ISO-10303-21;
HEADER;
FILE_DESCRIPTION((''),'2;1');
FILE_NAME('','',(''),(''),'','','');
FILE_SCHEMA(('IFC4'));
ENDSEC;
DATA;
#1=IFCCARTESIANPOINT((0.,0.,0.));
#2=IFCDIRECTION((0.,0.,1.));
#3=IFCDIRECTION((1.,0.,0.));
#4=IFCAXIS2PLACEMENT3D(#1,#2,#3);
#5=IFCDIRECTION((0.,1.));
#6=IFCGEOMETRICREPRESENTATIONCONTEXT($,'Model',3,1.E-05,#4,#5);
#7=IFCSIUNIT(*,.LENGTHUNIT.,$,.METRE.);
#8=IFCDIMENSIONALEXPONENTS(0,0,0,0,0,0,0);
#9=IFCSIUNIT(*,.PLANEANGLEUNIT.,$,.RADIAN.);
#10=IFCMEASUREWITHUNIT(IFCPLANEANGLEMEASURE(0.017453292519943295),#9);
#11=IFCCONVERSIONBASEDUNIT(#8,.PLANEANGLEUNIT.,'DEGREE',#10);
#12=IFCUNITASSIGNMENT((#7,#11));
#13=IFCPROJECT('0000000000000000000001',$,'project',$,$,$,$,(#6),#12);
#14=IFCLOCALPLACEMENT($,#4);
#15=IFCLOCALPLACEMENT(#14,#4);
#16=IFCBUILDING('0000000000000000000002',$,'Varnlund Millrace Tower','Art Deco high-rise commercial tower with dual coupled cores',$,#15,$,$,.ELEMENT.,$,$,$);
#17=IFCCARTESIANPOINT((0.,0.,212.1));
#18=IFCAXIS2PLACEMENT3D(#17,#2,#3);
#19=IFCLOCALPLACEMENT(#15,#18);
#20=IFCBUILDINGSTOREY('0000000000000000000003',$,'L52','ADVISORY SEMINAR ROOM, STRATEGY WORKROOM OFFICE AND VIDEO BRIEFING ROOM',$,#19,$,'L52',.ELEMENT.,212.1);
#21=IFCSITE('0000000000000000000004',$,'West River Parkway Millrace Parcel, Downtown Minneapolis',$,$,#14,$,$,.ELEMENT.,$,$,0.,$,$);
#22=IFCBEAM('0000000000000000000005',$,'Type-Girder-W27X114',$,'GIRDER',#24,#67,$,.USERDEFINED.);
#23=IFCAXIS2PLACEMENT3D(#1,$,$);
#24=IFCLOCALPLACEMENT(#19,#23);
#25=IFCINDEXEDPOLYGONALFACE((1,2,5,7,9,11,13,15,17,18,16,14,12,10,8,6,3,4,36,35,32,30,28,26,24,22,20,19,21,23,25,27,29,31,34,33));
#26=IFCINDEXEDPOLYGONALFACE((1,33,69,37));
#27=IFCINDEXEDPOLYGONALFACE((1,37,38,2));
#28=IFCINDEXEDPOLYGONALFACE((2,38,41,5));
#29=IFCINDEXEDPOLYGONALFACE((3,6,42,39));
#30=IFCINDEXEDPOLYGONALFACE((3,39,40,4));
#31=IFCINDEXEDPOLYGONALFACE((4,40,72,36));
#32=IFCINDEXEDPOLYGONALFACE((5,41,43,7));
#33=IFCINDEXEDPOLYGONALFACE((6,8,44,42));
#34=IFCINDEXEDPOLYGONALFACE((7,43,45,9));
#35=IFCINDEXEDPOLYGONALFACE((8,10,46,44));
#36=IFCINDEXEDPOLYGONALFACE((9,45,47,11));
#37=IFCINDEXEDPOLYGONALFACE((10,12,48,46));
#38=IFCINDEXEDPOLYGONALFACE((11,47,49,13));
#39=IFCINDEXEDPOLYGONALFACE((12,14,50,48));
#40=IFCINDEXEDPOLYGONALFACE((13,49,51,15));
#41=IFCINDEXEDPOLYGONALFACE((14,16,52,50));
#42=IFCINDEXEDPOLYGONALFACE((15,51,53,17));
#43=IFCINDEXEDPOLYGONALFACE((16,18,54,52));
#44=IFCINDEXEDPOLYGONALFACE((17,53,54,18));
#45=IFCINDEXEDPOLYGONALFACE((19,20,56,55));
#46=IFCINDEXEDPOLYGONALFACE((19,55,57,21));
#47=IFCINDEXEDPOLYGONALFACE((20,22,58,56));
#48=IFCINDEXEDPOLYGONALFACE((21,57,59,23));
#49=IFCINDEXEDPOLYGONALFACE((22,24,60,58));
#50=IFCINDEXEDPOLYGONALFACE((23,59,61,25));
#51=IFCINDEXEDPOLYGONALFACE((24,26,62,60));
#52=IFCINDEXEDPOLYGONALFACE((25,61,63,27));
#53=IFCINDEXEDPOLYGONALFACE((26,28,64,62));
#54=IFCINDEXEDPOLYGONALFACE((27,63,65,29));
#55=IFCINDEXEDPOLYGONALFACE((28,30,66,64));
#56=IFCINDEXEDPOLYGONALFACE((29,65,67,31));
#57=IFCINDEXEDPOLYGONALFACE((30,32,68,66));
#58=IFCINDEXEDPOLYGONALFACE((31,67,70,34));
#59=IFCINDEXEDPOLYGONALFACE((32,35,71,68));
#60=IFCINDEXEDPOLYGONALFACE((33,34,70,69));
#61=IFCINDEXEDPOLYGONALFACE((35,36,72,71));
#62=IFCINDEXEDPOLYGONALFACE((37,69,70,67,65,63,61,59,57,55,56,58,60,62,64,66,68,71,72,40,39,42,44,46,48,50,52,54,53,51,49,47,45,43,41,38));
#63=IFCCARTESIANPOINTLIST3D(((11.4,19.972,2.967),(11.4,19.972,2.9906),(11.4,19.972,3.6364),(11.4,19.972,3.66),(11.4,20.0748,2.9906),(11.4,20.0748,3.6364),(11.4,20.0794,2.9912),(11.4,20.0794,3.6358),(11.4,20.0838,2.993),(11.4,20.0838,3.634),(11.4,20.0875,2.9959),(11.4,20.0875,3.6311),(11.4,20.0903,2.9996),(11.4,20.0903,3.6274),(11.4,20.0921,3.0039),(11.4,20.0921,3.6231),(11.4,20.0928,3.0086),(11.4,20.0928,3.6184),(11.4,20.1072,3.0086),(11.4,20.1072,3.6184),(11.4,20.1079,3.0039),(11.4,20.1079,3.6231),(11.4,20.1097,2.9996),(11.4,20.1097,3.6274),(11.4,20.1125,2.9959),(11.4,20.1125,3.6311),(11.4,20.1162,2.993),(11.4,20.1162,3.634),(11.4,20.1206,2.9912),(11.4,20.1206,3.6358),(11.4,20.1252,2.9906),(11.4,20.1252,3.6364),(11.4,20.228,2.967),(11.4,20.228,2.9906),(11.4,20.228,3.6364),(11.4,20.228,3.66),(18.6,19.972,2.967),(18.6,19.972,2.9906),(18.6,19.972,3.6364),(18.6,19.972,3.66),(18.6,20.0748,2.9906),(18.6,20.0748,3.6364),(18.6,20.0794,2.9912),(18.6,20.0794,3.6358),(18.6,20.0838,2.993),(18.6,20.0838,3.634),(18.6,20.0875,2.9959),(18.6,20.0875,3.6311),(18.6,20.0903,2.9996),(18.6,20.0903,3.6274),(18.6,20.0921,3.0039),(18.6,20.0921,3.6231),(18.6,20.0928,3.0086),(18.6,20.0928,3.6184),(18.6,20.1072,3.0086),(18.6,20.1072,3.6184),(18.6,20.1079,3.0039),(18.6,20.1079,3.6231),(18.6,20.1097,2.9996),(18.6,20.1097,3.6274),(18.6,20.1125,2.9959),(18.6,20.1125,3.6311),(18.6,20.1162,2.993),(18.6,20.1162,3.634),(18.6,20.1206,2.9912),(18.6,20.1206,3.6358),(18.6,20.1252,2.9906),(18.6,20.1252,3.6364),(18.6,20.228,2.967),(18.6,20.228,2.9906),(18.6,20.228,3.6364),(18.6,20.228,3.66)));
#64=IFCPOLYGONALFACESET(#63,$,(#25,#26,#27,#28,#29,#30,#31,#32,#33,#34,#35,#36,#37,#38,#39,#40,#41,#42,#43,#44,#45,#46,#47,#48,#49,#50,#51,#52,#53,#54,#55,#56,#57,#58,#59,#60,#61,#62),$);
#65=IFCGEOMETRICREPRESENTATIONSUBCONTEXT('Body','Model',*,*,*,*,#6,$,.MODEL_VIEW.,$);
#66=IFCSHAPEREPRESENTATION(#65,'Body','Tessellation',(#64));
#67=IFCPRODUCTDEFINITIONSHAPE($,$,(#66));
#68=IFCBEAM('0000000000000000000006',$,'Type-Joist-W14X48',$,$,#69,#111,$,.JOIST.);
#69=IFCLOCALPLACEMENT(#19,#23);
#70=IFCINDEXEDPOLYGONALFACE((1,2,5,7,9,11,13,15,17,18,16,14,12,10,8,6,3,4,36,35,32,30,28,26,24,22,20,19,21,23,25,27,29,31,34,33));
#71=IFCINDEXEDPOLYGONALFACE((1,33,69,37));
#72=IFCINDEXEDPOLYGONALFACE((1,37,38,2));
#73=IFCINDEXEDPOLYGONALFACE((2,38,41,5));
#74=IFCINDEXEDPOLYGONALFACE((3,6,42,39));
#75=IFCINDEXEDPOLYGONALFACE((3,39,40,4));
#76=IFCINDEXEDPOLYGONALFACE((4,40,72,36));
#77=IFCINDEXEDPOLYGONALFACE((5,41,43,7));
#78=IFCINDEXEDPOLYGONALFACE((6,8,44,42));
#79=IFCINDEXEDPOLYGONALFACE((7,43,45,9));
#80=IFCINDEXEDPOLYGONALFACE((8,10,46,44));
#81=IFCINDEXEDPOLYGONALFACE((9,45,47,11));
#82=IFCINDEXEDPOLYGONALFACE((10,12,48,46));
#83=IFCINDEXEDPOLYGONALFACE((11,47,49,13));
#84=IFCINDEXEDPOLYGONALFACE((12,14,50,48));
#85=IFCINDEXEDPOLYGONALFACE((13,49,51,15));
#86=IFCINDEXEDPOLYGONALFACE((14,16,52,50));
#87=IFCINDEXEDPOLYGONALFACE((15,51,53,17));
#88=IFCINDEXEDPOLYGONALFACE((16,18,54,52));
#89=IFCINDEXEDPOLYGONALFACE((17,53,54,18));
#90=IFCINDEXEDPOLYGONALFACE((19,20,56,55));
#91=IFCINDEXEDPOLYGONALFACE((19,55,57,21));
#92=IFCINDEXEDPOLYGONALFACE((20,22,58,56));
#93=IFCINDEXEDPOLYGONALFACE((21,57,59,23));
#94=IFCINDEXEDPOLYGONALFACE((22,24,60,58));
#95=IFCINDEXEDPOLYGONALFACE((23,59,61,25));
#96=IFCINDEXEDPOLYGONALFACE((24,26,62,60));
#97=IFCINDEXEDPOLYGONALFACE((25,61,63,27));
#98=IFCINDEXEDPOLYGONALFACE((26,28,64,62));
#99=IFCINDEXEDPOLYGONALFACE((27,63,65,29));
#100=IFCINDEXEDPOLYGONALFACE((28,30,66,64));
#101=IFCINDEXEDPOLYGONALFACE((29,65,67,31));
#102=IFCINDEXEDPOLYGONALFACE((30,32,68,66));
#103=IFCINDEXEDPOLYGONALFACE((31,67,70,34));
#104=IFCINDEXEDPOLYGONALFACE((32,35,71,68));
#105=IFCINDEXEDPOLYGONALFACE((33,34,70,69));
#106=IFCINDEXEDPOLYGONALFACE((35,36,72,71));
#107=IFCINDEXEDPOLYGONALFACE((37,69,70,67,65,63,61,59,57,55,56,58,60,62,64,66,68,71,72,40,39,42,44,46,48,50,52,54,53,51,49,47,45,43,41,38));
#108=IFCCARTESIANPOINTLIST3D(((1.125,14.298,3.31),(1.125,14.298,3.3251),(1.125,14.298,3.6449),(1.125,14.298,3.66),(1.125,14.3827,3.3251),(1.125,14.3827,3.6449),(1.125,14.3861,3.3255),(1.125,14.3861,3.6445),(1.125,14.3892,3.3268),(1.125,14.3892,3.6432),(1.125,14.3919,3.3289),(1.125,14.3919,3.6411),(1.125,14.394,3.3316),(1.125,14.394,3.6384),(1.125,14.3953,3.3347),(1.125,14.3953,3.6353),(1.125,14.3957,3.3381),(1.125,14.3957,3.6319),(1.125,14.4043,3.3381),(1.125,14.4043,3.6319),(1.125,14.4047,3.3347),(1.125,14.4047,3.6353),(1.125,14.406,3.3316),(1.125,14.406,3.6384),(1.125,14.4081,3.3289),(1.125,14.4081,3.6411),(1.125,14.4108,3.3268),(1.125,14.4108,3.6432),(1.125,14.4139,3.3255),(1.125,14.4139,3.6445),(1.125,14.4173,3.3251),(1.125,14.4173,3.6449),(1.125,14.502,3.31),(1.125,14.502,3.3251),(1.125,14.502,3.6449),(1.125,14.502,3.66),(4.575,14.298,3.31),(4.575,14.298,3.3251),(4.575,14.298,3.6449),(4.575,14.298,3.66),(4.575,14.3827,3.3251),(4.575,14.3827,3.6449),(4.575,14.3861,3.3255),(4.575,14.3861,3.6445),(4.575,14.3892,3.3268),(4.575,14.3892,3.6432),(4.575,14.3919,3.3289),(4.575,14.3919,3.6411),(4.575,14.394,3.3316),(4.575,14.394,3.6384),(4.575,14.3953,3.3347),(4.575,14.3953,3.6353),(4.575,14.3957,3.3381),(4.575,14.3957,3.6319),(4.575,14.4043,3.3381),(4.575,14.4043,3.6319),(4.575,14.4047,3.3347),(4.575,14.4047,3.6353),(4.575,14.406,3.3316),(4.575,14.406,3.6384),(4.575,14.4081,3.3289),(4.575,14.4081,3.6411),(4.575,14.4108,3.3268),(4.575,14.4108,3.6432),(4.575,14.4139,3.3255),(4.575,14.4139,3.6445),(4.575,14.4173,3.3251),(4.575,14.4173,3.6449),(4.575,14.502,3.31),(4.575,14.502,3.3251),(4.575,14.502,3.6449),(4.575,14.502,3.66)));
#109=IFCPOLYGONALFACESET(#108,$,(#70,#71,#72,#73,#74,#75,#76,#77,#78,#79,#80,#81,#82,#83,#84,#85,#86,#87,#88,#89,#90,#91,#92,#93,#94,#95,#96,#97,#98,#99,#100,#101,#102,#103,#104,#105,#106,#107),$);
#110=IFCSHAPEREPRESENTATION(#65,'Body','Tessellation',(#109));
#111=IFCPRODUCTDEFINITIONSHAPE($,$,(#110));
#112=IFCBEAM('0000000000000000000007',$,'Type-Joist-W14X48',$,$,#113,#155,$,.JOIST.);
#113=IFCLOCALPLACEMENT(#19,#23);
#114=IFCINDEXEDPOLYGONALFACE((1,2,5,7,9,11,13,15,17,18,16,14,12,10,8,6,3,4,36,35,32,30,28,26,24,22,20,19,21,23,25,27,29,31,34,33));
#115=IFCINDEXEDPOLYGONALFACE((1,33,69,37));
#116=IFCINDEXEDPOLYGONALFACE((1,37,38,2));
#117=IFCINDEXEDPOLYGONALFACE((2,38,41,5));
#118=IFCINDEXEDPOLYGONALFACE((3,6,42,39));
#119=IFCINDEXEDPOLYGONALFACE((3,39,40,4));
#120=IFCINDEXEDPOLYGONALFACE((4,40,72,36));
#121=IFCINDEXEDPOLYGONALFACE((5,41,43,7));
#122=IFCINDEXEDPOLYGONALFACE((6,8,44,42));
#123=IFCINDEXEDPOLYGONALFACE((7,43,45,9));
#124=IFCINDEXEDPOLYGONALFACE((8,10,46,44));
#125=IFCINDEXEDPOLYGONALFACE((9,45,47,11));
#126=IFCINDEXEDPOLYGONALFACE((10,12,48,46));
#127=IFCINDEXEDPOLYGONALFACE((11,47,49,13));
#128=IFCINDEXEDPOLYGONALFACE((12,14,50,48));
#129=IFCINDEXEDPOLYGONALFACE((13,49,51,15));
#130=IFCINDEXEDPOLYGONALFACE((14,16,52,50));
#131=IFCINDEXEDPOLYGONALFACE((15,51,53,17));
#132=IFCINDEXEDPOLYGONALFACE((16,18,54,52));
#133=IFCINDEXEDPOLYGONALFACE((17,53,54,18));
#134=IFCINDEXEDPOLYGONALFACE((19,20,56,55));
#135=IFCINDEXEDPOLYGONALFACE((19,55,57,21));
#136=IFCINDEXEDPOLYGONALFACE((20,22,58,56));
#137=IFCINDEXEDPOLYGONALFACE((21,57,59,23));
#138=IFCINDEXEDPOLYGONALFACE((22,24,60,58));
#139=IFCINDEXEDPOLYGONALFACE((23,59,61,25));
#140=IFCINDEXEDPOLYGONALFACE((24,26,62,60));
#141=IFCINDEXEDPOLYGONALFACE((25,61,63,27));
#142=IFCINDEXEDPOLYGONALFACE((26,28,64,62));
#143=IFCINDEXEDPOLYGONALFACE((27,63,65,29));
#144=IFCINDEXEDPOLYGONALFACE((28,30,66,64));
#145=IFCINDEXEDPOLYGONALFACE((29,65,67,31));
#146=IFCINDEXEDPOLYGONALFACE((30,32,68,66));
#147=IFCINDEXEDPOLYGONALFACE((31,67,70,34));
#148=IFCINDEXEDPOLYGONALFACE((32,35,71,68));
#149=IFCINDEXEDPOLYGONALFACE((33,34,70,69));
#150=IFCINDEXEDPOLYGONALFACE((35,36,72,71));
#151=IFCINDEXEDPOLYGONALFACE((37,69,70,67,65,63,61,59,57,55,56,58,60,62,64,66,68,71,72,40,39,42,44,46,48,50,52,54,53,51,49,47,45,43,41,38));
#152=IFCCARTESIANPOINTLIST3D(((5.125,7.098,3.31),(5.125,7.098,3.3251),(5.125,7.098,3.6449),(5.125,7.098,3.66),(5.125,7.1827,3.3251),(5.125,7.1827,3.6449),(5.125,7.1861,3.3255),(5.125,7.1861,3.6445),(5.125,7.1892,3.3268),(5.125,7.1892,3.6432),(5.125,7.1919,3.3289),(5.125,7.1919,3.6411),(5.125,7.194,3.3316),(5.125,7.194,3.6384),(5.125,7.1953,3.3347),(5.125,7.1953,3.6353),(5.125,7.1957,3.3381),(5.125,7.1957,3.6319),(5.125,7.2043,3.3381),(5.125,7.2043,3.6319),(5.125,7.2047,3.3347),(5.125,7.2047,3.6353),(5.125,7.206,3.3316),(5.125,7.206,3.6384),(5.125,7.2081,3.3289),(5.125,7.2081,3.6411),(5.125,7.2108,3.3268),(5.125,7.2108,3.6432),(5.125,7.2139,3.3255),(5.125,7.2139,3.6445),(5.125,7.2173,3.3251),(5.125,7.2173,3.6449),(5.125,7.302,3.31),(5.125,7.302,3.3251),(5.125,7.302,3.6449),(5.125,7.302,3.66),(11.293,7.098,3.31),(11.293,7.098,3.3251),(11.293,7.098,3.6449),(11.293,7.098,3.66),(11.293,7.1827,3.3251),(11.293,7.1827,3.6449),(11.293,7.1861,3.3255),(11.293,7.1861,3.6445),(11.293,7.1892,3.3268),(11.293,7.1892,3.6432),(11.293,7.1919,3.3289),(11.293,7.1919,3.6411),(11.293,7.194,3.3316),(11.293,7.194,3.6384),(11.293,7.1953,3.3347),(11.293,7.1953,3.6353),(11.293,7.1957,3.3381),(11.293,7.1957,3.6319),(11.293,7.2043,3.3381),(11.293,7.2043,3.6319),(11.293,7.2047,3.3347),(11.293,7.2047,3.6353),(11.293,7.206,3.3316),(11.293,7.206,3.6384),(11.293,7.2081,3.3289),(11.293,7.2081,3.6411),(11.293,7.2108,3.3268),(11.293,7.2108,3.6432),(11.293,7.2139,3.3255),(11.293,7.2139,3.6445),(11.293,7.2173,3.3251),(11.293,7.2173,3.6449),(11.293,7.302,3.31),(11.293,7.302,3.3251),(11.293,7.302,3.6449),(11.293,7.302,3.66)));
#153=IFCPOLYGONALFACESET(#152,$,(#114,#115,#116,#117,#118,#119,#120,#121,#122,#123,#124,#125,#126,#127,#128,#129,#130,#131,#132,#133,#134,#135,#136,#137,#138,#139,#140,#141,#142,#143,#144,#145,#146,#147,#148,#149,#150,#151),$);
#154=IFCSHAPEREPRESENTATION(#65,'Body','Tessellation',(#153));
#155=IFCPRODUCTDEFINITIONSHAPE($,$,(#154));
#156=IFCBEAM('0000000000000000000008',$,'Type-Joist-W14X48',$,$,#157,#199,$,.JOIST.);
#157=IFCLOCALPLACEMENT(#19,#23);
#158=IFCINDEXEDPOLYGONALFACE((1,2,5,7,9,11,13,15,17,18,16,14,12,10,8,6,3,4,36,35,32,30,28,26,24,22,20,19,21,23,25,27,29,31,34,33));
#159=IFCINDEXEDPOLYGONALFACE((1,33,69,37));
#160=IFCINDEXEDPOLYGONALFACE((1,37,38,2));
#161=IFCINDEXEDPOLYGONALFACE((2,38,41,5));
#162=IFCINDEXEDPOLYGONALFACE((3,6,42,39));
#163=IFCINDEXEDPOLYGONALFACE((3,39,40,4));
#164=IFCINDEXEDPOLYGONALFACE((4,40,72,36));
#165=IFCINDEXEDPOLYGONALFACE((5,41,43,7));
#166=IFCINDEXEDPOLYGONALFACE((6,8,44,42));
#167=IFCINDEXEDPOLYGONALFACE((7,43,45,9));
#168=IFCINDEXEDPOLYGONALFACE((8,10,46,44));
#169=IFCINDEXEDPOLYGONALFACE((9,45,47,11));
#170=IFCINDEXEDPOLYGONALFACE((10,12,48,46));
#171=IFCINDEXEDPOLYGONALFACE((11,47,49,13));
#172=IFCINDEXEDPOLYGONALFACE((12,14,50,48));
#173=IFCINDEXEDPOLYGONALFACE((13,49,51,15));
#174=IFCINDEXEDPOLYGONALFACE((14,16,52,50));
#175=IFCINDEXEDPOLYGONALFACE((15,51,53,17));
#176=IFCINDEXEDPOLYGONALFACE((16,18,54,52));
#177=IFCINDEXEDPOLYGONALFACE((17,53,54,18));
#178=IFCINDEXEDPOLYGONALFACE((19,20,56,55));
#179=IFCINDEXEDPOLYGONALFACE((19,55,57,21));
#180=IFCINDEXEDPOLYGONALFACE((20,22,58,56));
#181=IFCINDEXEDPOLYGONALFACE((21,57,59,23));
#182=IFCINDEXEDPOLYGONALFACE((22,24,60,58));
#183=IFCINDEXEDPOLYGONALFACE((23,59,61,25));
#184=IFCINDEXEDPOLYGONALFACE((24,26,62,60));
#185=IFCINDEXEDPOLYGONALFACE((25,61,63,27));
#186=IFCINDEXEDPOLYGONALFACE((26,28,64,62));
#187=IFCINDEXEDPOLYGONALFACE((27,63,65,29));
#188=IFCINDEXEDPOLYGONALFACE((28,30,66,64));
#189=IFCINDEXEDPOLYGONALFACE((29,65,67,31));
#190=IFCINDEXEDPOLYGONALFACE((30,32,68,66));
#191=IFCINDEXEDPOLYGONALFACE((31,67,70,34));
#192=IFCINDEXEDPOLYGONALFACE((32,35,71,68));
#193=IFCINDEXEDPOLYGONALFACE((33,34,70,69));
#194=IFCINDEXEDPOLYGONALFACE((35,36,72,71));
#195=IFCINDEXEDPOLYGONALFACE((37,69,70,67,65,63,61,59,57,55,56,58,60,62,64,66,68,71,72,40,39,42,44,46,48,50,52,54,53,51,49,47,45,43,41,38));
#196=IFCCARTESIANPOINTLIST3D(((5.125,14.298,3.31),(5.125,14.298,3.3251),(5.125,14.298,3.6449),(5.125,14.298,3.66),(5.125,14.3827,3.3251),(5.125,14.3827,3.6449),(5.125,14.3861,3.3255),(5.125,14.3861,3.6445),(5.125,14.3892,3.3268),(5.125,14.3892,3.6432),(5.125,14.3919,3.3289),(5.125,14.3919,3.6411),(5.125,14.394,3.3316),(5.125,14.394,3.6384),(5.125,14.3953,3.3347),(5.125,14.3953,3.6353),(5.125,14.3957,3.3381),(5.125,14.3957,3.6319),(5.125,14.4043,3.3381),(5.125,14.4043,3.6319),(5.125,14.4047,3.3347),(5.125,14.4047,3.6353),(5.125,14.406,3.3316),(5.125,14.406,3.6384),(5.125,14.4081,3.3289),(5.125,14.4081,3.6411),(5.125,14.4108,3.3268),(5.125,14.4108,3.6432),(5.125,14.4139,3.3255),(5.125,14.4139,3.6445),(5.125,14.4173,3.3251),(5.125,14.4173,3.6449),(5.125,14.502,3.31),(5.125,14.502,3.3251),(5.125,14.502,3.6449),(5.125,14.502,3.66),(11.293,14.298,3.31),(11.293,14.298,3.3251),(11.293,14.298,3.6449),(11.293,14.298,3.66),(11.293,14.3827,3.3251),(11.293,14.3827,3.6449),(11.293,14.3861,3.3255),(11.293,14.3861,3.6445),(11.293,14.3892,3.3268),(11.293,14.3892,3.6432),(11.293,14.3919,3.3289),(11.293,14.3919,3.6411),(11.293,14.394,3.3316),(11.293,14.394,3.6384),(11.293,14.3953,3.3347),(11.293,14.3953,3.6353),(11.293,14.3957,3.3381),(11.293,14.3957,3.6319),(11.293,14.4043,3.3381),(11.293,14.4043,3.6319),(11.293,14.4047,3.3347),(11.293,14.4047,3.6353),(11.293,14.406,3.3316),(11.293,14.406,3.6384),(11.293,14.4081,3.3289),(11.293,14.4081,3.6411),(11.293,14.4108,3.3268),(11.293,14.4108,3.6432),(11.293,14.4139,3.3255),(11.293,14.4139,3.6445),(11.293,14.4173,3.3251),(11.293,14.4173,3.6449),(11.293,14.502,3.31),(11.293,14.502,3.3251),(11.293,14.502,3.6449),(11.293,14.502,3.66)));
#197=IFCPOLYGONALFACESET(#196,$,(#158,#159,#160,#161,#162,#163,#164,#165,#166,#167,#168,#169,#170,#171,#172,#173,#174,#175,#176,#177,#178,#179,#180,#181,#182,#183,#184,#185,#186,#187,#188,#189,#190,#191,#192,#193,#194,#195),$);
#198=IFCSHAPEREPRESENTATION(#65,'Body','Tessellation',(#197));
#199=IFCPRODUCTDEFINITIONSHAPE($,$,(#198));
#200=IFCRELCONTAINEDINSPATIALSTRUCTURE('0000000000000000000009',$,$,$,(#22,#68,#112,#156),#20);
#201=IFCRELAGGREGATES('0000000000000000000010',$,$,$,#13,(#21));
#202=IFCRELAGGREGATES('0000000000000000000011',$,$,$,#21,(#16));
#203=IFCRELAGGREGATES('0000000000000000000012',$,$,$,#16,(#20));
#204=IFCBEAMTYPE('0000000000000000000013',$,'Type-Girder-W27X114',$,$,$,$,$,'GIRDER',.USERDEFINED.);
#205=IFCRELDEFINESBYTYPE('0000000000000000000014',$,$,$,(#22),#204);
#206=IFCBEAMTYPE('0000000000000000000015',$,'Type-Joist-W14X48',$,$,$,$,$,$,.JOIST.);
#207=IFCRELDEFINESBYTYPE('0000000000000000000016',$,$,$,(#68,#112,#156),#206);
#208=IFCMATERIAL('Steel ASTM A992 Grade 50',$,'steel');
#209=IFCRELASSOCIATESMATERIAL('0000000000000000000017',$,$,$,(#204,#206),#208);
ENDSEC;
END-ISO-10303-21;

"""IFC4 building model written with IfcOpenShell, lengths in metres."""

from ifc_helpers import new_model, entity, si_unit, converted_unit, direction, frame, origin_with_axes, origin_2d_with_axis, place, context, subcontext, project, spatial, i_section, extrude, material, material_profile, profile_set, type_object, element, save


model = new_model("IFC4")

# Units and contexts
model_context = context("Model", 3, precision=1e-05, world=origin_with_axes(), true_north=direction((0.0, 1.0)))
body_context = subcontext(model_context, "Body", "Model", "MODEL_VIEW")
ifc_project = project(units=[si_unit("LENGTHUNIT", "METRE"), converted_unit("PLANEANGLEUNIT", "DEGREE", entity("IfcPlaneAngleMeasure", 0.017453292519943295), si_unit("PLANEANGLEUNIT", "RADIAN"), dimensions=[0, 0, 0, 0, 0, 0, 0])], contexts=[model_context])

# Site, building, storey
site_placement = place(None, origin_with_axes())
site = spatial("IfcSite", under=ifc_project, at=site_placement, Name="West River Parkway Millrace Parcel, Downtown Minneapolis", CompositionType="ELEMENT", RefElevation=0.0)
building_placement = place(site_placement, origin_with_axes())
building = spatial("IfcBuilding", under=site, at=building_placement, Name="Varnlund Millrace Tower", Description="Art Deco high-rise commercial tower with dual coupled cores", CompositionType="ELEMENT")
storey_placement = place(building_placement, frame((0.0, 0.0, 212.1), z_axis=(0.0, 0.0, 1.0), x_axis=(1.0, 0.0, 0.0)))
storey = spatial("IfcBuildingStorey", under=building, at=storey_placement, Name="L52", Description="ADVISORY SEMINAR ROOM, STRATEGY WORKROOM OFFICE AND VIDEO BRIEFING ROOM", LongName="L52", CompositionType="ELEMENT", Elevation=212.1)

# Beams
ifc_material_1 = material(Name="Steel ASTM A992 Grade 50", Category="steel")
ifc_material_profile_1 = material_profile(ifc_material_1, i_section(OverallWidth=0.256, OverallDepth=0.693, WebThickness=0.0145, FlangeThickness=0.0236, FilletRadius=0.018, at=origin_2d_with_axis()), Name="Steel ASTM A992 Grade 50")
ifc_profile_set_1 = profile_set([ifc_material_profile_1], Name="Steel ASTM A992 Grade 50")
beam_type_1 = type_object("IfcBeamType", Name="Type-Girder-W27X114", ElementType="GIRDER", PredefinedType="USERDEFINED", material=ifc_profile_set_1)
beam_1_placement = place(storey_placement, frame((11.4, 20.1, 3.3135), z_axis=(1.0, 0.0, 0.0), x_axis=(0.0, 1.0, 0.0)))
element("IfcBeam", 1, at=beam_1_placement, inside=storey, type_object=beam_type_1, Name="Type-Girder-W27X114", ObjectType="GIRDER", PredefinedType="USERDEFINED", context=body_context, shape_type="SweptSolid", body=[
    extrude(i_section(OverallWidth=0.256, OverallDepth=0.693, WebThickness=0.0145, FlangeThickness=0.0236, FilletRadius=0.018, at=origin_2d_with_axis()), origin_with_axes(), (0.0, 0.0, 1.0), 7.2),
])
ifc_material_profile_2 = material_profile(ifc_material_1, i_section(OverallWidth=0.204, OverallDepth=0.35, WebThickness=0.0086, FlangeThickness=0.0151, FilletRadius=0.013, at=origin_2d_with_axis()), Name="Steel ASTM A992 Grade 50")
ifc_profile_set_2 = profile_set([ifc_material_profile_2], Name="Steel ASTM A992 Grade 50")
beam_type_2 = type_object("IfcBeamType", Name="Type-Joist-W14X48", PredefinedType="JOIST", material=ifc_profile_set_2)
beam_2_placement = place(storey_placement, frame((1.125, 14.4, 3.485), z_axis=(1.0, 0.0, 0.0), x_axis=(0.0, 1.0, 0.0)))
element("IfcBeam", 2, at=beam_2_placement, inside=storey, type_object=beam_type_2, Name="Type-Joist-W14X48", PredefinedType="JOIST", context=body_context, shape_type="SweptSolid", body=[
    extrude(i_section(OverallWidth=0.204, OverallDepth=0.35, WebThickness=0.0086, FlangeThickness=0.0151, FilletRadius=0.013, at=origin_2d_with_axis()), origin_with_axes(), (0.0, 0.0, 1.0), 3.45),
])
for number, where, z_axis, x_axis, name in (
    (3, (5.125, 7.2, 3.485), (1.0, 0.0, 0.0), (0.0, 1.0, 0.0), "Type-Joist-W14X48"),
    (4, (5.125, 14.4, 3.485), (1.0, 0.0, 0.0), (0.0, 1.0, 0.0), "Type-Joist-W14X48"),
):
    element("IfcBeam", number, at=place(storey_placement, frame(where, z_axis=z_axis, x_axis=x_axis)), inside=storey, type_object=beam_type_2, Name=name, PredefinedType="JOIST", context=body_context, shape_type="SweptSolid", body=[
        extrude(i_section(OverallWidth=0.204, OverallDepth=0.35, WebThickness=0.0086, FlangeThickness=0.0151, FilletRadius=0.013, at=origin_2d_with_axis()), origin_with_axes(), (0.0, 0.0, 1.0), 6.168),
    ])

save(model, "model.ifc")
